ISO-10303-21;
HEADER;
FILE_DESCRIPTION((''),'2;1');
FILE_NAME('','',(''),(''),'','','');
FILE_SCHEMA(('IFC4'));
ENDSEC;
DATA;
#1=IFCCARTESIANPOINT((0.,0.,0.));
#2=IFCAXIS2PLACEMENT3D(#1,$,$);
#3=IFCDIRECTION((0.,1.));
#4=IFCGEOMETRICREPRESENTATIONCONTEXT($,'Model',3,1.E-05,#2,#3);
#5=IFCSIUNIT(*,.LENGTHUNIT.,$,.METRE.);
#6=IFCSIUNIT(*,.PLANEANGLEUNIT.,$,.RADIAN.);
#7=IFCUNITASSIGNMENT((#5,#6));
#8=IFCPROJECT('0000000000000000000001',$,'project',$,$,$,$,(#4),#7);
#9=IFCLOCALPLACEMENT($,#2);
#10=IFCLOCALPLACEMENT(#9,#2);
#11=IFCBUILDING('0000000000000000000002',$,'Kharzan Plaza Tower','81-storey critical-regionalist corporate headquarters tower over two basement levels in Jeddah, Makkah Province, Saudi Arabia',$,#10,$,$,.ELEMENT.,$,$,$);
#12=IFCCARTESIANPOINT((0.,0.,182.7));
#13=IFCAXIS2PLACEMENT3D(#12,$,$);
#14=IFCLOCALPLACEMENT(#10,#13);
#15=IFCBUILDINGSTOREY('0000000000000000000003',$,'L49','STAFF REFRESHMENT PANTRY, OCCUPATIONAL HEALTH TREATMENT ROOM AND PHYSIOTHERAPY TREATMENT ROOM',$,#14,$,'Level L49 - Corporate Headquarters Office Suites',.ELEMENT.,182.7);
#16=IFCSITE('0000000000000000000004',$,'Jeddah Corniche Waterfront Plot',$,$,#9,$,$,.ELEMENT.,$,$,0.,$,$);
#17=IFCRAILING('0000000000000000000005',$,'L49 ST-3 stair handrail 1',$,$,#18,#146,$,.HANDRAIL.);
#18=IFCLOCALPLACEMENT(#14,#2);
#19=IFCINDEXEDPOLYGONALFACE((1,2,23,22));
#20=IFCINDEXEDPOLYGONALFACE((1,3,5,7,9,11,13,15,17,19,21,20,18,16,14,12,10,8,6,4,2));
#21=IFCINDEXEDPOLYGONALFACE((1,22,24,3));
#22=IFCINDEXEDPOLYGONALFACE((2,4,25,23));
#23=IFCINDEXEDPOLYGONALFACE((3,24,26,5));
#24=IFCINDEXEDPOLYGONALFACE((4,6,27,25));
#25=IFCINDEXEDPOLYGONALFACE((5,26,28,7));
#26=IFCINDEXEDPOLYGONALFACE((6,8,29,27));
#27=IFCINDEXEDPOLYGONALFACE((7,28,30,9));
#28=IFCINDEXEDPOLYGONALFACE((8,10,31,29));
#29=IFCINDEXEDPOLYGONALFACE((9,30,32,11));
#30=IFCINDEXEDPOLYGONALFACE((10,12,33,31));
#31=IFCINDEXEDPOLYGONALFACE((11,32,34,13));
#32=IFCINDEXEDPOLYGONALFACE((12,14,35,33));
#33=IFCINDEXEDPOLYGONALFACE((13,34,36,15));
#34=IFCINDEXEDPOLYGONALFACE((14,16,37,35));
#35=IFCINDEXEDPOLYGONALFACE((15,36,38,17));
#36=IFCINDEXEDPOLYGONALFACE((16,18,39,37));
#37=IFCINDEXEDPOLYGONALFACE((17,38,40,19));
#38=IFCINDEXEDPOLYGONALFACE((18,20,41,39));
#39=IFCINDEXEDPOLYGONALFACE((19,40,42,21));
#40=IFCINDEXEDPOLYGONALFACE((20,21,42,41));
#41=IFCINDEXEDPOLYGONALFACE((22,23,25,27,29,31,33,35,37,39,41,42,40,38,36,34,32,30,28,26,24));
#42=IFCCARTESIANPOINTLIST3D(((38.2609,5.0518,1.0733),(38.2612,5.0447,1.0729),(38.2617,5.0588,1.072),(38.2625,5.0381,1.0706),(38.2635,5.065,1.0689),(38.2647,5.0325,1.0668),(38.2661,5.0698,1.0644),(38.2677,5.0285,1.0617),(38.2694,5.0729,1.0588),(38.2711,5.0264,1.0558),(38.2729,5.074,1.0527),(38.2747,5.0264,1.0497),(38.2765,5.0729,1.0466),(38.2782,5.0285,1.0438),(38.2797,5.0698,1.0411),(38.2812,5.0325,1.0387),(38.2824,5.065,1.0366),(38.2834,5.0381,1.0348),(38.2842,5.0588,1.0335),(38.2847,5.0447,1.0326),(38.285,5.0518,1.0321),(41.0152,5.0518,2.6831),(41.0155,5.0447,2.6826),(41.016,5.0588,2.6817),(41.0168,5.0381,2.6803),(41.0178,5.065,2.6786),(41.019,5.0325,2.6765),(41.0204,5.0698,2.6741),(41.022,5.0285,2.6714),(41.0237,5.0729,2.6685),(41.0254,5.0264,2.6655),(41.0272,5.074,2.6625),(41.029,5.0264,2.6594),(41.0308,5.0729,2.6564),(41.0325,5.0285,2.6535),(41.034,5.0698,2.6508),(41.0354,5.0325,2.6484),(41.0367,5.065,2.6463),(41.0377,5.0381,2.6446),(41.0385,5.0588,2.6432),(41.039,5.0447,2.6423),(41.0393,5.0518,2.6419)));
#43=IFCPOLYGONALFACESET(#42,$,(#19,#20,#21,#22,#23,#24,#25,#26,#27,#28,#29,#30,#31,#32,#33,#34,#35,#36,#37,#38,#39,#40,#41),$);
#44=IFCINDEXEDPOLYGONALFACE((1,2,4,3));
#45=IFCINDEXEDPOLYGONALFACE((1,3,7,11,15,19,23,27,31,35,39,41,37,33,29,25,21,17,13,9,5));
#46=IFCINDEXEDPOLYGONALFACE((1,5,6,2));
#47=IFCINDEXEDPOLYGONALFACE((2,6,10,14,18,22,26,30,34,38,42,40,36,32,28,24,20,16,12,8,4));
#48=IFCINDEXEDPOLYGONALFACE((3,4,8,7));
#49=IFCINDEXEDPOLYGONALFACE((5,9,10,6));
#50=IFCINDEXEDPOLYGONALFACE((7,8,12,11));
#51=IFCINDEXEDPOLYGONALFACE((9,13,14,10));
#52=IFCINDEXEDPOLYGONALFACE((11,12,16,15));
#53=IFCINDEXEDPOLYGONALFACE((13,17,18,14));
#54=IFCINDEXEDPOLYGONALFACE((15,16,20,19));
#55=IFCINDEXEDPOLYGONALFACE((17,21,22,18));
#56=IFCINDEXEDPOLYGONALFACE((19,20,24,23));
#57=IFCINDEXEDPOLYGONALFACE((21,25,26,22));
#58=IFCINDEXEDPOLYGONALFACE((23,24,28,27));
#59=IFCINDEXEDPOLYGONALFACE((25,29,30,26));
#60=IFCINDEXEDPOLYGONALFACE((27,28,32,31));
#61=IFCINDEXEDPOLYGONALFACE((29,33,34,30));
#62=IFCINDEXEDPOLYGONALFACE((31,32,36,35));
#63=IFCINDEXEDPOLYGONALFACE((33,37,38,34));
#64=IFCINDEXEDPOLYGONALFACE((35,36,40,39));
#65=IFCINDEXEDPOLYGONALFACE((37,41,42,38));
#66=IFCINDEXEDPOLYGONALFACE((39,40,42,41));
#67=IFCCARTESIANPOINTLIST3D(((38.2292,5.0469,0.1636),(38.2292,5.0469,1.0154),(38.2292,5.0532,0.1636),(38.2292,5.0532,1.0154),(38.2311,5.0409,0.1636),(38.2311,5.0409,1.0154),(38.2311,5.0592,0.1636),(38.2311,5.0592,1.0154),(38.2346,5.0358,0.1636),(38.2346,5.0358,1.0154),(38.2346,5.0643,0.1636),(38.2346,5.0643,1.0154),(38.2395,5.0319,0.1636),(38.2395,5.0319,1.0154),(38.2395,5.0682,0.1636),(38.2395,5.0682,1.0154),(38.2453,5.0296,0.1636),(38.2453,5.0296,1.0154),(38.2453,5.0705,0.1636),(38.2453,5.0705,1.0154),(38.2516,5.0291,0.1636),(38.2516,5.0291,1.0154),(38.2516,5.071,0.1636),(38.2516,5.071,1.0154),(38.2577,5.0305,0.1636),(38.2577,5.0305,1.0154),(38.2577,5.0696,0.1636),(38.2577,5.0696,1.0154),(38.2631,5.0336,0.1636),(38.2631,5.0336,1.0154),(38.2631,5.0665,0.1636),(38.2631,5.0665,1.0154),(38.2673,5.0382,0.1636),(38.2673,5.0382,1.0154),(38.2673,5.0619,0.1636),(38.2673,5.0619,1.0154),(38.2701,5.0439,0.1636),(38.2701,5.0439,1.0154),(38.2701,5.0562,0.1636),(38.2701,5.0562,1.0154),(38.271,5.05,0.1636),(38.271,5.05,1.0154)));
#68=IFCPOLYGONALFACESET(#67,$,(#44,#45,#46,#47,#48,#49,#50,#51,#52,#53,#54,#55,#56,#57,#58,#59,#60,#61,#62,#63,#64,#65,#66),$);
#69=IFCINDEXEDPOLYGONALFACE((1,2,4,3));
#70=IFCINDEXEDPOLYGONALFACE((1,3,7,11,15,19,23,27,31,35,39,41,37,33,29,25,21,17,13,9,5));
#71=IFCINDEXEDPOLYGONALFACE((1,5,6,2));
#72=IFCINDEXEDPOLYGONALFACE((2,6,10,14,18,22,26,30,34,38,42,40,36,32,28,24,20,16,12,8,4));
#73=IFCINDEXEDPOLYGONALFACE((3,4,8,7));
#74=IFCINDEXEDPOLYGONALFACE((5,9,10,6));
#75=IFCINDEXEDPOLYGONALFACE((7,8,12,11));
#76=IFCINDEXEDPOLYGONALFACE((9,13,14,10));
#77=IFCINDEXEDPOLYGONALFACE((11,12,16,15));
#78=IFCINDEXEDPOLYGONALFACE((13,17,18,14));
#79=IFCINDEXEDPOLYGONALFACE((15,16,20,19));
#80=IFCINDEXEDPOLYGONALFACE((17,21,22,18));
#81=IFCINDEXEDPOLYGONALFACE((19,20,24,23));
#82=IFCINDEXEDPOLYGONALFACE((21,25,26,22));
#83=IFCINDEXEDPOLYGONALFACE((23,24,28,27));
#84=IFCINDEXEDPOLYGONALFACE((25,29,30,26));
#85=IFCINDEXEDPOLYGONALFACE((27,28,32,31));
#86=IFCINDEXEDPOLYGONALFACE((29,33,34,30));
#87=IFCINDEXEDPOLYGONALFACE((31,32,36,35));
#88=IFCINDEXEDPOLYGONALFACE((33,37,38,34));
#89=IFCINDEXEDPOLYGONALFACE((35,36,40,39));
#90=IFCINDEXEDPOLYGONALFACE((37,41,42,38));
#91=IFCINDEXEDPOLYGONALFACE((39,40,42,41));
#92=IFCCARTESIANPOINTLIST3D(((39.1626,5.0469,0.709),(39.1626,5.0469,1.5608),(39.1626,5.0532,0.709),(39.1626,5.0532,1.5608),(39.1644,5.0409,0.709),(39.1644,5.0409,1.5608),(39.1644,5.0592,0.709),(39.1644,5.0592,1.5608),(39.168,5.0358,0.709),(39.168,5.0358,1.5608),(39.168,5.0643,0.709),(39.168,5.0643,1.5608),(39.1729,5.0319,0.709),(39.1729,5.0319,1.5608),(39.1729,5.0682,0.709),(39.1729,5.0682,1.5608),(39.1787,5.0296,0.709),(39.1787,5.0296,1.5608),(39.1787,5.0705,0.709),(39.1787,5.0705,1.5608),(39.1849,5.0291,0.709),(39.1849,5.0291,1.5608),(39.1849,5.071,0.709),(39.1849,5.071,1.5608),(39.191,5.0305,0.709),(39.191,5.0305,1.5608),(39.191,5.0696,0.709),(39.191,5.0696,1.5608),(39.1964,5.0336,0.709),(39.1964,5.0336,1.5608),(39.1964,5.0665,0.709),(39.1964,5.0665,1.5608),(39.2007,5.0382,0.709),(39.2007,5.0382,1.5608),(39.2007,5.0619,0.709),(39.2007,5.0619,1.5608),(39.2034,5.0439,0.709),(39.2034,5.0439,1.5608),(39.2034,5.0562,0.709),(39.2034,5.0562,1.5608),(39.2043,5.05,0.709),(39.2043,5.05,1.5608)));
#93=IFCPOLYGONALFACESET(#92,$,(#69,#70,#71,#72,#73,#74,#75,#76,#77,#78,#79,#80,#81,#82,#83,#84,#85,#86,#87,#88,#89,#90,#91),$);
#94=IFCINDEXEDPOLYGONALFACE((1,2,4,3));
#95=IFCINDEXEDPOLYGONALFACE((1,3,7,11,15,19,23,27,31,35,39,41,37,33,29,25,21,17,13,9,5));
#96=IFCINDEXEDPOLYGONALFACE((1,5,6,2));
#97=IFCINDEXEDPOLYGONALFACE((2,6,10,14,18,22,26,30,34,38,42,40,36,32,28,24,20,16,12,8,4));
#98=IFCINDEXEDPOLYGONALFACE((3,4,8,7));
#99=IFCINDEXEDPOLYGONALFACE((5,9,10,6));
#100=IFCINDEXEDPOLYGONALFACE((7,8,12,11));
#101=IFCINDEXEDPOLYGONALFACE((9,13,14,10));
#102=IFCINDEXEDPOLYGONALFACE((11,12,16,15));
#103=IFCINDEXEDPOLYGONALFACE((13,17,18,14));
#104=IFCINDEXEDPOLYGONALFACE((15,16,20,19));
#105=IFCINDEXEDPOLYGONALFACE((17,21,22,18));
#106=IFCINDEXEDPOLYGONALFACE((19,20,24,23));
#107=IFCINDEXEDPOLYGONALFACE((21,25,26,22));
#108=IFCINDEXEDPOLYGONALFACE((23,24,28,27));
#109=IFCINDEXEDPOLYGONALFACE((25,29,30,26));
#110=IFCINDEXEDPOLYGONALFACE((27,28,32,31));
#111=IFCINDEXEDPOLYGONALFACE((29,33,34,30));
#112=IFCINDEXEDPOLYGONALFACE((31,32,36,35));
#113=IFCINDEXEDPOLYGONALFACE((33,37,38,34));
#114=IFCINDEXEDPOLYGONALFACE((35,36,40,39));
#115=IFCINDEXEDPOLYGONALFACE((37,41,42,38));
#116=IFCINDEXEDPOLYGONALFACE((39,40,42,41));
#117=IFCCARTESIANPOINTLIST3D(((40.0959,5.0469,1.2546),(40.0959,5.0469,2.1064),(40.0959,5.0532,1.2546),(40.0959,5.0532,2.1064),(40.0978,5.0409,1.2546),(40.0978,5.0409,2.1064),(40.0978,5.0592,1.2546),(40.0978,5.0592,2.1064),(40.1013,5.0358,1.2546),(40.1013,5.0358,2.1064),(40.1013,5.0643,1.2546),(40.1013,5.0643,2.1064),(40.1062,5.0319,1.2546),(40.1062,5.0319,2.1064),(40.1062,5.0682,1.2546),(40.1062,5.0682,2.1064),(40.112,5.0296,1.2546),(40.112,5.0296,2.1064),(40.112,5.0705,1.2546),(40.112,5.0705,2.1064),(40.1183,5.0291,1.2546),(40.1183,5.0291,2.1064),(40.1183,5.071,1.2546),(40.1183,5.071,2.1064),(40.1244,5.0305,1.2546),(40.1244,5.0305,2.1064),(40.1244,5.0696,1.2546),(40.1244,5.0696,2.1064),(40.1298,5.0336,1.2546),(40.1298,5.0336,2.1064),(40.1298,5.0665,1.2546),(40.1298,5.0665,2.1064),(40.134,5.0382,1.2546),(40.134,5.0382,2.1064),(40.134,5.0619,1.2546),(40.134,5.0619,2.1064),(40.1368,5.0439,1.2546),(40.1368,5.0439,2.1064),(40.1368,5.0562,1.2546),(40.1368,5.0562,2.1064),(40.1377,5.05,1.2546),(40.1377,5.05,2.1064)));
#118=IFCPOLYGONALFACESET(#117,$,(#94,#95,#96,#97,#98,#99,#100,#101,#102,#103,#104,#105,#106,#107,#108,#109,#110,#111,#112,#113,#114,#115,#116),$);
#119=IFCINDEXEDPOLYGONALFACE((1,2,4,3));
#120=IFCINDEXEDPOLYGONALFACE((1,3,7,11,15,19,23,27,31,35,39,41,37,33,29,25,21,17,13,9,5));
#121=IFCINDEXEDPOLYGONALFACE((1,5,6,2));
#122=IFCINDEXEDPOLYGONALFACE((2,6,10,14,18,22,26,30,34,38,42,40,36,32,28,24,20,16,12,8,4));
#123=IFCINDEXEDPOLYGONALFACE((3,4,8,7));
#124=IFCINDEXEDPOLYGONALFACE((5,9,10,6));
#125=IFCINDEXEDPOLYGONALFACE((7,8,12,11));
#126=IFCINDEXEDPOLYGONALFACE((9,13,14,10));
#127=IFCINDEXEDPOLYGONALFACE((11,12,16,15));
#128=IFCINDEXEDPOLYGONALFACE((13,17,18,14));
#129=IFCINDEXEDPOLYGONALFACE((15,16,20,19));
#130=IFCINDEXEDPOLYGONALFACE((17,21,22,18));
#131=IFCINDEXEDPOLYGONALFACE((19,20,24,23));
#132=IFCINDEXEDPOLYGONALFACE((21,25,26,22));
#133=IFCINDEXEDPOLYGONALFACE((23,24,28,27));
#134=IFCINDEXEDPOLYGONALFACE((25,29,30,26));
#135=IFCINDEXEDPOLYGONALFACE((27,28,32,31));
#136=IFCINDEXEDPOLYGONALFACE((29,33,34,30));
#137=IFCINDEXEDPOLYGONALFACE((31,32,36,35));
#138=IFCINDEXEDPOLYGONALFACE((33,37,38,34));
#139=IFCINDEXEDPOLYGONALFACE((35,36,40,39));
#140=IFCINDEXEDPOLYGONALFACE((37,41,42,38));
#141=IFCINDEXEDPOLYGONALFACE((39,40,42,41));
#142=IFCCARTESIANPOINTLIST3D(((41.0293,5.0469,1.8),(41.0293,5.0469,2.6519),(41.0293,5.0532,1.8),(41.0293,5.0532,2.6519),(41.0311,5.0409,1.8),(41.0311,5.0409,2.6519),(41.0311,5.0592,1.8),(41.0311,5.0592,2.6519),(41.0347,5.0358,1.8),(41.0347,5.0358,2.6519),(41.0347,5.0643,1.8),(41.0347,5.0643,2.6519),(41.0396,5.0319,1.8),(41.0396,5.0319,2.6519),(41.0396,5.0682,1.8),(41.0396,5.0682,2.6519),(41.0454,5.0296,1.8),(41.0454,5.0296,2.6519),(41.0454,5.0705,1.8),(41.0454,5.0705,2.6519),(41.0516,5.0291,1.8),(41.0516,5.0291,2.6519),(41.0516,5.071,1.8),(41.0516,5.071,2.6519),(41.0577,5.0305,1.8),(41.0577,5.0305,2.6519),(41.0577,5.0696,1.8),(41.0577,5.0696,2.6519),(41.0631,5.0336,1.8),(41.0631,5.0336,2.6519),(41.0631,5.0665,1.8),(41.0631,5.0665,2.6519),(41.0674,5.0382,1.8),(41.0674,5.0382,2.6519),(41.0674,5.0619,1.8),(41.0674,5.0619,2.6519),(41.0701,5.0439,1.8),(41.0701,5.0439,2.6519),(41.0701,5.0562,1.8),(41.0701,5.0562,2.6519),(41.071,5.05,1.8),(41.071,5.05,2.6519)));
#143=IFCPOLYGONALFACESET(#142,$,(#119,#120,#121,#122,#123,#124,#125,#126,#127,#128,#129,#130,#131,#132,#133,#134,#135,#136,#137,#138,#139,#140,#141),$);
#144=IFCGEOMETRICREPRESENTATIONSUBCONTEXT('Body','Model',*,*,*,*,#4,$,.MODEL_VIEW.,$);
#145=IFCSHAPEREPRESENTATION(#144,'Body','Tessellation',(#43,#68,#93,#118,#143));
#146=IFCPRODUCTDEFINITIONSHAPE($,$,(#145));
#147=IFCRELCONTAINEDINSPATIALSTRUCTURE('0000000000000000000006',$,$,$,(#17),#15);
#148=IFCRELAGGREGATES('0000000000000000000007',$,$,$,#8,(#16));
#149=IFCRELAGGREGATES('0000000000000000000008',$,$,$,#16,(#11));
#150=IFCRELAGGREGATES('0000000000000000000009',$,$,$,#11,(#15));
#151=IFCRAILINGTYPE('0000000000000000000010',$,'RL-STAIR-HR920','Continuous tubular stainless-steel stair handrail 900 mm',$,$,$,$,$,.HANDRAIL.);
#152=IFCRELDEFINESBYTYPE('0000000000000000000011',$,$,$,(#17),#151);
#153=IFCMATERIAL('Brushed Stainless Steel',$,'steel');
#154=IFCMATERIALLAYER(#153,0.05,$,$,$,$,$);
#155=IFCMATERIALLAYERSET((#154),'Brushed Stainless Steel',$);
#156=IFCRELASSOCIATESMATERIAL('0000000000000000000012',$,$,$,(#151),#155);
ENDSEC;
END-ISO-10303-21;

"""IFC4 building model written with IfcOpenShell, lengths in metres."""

from ifc_helpers import new_model, si_unit, direction, frame, origin, origin_2d, place, context, subcontext, project, spatial, circle, extrude, source, transform, mapped, material, layer, layer_set, type_object, element, save


model = new_model("IFC4")

# Units and contexts
model_context = context("Model", 3, precision=1e-05, world=origin(), true_north=direction((0.0, 1.0)))
body_context = subcontext(model_context, "Body", "Model", "MODEL_VIEW")
ifc_project = project(units=[si_unit("LENGTHUNIT", "METRE"), si_unit("PLANEANGLEUNIT", "RADIAN")], contexts=[model_context])

# Site, building, storey
site_placement = place(None, origin())
site = spatial("IfcSite", under=ifc_project, at=site_placement, Name="Jeddah Corniche Waterfront Plot", CompositionType="ELEMENT", RefElevation=0.0)
building_placement = place(site_placement, origin())
building = spatial("IfcBuilding", under=site, at=building_placement, Name="Kharzan Plaza Tower", Description="81-storey critical-regionalist corporate headquarters tower over two basement levels in Jeddah, Makkah Province, Saudi Arabia", CompositionType="ELEMENT")
storey_placement = place(building_placement, frame((0.0, 0.0, 182.7)))
storey = spatial("IfcBuildingStorey", under=building, at=storey_placement, Name="L49", Description="STAFF REFRESHMENT PANTRY, OCCUPATIONAL HEALTH TREATMENT ROOM AND PHYSIOTHERAPY TREATMENT ROOM", LongName="Level L49 - Corporate Headquarters Office Suites", CompositionType="ELEMENT", Elevation=182.7)

# Railing
ifc_material_1 = material(Name="Brushed Stainless Steel", Category="steel")
ifc_layer_1 = layer(ifc_material_1, 0.05)
ifc_layer_set_1 = layer_set([ifc_layer_1], Name="Brushed Stainless Steel")
railing_type_1 = type_object("IfcRailingType", Name="RL-STAIR-HR920", Description="Continuous tubular stainless-steel stair handrail 900 mm", PredefinedType="HANDRAIL", material=ifc_layer_set_1)
shared_shape_1 = source(origin(), body_context, "Body", "SweptSolid", [
    extrude(circle(Radius=0.0239, at=origin_2d()), frame((0.0229, 0.0, 0.8892), z_axis=(0.863361, 0.0, 0.504587), x_axis=(0.0, 1.0, 0.0)), (0.0, 0.0, 1.0), 3.1902),
    extrude(circle(Radius=0.021, at=origin_2d()), origin(), (0.0, 0.0, 1.0), 0.8518),
    extrude(circle(Radius=0.021, at=origin_2d()), frame((0.9333, 0.0, 0.5454)), (0.0, 0.0, 1.0), 0.8518),
    extrude(circle(Radius=0.021, at=origin_2d()), frame((1.8667, 0.0, 1.0911)), (0.0, 0.0, 1.0), 0.8518),
    extrude(circle(Radius=0.021, at=origin_2d()), frame((2.8, 0.0, 1.6365)), (0.0, 0.0, 1.0), 0.8518),
])
railing_1_placement = place(storey_placement, frame((38.25, 5.05, 0.1636)))
element("IfcRailing", 1, at=railing_1_placement, inside=storey, type_object=railing_type_1, Name="L49 ST-3 stair handrail 1", PredefinedType="HANDRAIL", context=body_context, shape_type="MappedRepresentation", body=[
    mapped(shared_shape_1, transform((0.0, 0.0, 0.0), x_axis=(1.0, 0.0, 0.0), y_axis=(0.0, 1.0, 0.0), z_axis=(0.0, 0.0, 1.0))),
])

save(model, "model.ifc")
